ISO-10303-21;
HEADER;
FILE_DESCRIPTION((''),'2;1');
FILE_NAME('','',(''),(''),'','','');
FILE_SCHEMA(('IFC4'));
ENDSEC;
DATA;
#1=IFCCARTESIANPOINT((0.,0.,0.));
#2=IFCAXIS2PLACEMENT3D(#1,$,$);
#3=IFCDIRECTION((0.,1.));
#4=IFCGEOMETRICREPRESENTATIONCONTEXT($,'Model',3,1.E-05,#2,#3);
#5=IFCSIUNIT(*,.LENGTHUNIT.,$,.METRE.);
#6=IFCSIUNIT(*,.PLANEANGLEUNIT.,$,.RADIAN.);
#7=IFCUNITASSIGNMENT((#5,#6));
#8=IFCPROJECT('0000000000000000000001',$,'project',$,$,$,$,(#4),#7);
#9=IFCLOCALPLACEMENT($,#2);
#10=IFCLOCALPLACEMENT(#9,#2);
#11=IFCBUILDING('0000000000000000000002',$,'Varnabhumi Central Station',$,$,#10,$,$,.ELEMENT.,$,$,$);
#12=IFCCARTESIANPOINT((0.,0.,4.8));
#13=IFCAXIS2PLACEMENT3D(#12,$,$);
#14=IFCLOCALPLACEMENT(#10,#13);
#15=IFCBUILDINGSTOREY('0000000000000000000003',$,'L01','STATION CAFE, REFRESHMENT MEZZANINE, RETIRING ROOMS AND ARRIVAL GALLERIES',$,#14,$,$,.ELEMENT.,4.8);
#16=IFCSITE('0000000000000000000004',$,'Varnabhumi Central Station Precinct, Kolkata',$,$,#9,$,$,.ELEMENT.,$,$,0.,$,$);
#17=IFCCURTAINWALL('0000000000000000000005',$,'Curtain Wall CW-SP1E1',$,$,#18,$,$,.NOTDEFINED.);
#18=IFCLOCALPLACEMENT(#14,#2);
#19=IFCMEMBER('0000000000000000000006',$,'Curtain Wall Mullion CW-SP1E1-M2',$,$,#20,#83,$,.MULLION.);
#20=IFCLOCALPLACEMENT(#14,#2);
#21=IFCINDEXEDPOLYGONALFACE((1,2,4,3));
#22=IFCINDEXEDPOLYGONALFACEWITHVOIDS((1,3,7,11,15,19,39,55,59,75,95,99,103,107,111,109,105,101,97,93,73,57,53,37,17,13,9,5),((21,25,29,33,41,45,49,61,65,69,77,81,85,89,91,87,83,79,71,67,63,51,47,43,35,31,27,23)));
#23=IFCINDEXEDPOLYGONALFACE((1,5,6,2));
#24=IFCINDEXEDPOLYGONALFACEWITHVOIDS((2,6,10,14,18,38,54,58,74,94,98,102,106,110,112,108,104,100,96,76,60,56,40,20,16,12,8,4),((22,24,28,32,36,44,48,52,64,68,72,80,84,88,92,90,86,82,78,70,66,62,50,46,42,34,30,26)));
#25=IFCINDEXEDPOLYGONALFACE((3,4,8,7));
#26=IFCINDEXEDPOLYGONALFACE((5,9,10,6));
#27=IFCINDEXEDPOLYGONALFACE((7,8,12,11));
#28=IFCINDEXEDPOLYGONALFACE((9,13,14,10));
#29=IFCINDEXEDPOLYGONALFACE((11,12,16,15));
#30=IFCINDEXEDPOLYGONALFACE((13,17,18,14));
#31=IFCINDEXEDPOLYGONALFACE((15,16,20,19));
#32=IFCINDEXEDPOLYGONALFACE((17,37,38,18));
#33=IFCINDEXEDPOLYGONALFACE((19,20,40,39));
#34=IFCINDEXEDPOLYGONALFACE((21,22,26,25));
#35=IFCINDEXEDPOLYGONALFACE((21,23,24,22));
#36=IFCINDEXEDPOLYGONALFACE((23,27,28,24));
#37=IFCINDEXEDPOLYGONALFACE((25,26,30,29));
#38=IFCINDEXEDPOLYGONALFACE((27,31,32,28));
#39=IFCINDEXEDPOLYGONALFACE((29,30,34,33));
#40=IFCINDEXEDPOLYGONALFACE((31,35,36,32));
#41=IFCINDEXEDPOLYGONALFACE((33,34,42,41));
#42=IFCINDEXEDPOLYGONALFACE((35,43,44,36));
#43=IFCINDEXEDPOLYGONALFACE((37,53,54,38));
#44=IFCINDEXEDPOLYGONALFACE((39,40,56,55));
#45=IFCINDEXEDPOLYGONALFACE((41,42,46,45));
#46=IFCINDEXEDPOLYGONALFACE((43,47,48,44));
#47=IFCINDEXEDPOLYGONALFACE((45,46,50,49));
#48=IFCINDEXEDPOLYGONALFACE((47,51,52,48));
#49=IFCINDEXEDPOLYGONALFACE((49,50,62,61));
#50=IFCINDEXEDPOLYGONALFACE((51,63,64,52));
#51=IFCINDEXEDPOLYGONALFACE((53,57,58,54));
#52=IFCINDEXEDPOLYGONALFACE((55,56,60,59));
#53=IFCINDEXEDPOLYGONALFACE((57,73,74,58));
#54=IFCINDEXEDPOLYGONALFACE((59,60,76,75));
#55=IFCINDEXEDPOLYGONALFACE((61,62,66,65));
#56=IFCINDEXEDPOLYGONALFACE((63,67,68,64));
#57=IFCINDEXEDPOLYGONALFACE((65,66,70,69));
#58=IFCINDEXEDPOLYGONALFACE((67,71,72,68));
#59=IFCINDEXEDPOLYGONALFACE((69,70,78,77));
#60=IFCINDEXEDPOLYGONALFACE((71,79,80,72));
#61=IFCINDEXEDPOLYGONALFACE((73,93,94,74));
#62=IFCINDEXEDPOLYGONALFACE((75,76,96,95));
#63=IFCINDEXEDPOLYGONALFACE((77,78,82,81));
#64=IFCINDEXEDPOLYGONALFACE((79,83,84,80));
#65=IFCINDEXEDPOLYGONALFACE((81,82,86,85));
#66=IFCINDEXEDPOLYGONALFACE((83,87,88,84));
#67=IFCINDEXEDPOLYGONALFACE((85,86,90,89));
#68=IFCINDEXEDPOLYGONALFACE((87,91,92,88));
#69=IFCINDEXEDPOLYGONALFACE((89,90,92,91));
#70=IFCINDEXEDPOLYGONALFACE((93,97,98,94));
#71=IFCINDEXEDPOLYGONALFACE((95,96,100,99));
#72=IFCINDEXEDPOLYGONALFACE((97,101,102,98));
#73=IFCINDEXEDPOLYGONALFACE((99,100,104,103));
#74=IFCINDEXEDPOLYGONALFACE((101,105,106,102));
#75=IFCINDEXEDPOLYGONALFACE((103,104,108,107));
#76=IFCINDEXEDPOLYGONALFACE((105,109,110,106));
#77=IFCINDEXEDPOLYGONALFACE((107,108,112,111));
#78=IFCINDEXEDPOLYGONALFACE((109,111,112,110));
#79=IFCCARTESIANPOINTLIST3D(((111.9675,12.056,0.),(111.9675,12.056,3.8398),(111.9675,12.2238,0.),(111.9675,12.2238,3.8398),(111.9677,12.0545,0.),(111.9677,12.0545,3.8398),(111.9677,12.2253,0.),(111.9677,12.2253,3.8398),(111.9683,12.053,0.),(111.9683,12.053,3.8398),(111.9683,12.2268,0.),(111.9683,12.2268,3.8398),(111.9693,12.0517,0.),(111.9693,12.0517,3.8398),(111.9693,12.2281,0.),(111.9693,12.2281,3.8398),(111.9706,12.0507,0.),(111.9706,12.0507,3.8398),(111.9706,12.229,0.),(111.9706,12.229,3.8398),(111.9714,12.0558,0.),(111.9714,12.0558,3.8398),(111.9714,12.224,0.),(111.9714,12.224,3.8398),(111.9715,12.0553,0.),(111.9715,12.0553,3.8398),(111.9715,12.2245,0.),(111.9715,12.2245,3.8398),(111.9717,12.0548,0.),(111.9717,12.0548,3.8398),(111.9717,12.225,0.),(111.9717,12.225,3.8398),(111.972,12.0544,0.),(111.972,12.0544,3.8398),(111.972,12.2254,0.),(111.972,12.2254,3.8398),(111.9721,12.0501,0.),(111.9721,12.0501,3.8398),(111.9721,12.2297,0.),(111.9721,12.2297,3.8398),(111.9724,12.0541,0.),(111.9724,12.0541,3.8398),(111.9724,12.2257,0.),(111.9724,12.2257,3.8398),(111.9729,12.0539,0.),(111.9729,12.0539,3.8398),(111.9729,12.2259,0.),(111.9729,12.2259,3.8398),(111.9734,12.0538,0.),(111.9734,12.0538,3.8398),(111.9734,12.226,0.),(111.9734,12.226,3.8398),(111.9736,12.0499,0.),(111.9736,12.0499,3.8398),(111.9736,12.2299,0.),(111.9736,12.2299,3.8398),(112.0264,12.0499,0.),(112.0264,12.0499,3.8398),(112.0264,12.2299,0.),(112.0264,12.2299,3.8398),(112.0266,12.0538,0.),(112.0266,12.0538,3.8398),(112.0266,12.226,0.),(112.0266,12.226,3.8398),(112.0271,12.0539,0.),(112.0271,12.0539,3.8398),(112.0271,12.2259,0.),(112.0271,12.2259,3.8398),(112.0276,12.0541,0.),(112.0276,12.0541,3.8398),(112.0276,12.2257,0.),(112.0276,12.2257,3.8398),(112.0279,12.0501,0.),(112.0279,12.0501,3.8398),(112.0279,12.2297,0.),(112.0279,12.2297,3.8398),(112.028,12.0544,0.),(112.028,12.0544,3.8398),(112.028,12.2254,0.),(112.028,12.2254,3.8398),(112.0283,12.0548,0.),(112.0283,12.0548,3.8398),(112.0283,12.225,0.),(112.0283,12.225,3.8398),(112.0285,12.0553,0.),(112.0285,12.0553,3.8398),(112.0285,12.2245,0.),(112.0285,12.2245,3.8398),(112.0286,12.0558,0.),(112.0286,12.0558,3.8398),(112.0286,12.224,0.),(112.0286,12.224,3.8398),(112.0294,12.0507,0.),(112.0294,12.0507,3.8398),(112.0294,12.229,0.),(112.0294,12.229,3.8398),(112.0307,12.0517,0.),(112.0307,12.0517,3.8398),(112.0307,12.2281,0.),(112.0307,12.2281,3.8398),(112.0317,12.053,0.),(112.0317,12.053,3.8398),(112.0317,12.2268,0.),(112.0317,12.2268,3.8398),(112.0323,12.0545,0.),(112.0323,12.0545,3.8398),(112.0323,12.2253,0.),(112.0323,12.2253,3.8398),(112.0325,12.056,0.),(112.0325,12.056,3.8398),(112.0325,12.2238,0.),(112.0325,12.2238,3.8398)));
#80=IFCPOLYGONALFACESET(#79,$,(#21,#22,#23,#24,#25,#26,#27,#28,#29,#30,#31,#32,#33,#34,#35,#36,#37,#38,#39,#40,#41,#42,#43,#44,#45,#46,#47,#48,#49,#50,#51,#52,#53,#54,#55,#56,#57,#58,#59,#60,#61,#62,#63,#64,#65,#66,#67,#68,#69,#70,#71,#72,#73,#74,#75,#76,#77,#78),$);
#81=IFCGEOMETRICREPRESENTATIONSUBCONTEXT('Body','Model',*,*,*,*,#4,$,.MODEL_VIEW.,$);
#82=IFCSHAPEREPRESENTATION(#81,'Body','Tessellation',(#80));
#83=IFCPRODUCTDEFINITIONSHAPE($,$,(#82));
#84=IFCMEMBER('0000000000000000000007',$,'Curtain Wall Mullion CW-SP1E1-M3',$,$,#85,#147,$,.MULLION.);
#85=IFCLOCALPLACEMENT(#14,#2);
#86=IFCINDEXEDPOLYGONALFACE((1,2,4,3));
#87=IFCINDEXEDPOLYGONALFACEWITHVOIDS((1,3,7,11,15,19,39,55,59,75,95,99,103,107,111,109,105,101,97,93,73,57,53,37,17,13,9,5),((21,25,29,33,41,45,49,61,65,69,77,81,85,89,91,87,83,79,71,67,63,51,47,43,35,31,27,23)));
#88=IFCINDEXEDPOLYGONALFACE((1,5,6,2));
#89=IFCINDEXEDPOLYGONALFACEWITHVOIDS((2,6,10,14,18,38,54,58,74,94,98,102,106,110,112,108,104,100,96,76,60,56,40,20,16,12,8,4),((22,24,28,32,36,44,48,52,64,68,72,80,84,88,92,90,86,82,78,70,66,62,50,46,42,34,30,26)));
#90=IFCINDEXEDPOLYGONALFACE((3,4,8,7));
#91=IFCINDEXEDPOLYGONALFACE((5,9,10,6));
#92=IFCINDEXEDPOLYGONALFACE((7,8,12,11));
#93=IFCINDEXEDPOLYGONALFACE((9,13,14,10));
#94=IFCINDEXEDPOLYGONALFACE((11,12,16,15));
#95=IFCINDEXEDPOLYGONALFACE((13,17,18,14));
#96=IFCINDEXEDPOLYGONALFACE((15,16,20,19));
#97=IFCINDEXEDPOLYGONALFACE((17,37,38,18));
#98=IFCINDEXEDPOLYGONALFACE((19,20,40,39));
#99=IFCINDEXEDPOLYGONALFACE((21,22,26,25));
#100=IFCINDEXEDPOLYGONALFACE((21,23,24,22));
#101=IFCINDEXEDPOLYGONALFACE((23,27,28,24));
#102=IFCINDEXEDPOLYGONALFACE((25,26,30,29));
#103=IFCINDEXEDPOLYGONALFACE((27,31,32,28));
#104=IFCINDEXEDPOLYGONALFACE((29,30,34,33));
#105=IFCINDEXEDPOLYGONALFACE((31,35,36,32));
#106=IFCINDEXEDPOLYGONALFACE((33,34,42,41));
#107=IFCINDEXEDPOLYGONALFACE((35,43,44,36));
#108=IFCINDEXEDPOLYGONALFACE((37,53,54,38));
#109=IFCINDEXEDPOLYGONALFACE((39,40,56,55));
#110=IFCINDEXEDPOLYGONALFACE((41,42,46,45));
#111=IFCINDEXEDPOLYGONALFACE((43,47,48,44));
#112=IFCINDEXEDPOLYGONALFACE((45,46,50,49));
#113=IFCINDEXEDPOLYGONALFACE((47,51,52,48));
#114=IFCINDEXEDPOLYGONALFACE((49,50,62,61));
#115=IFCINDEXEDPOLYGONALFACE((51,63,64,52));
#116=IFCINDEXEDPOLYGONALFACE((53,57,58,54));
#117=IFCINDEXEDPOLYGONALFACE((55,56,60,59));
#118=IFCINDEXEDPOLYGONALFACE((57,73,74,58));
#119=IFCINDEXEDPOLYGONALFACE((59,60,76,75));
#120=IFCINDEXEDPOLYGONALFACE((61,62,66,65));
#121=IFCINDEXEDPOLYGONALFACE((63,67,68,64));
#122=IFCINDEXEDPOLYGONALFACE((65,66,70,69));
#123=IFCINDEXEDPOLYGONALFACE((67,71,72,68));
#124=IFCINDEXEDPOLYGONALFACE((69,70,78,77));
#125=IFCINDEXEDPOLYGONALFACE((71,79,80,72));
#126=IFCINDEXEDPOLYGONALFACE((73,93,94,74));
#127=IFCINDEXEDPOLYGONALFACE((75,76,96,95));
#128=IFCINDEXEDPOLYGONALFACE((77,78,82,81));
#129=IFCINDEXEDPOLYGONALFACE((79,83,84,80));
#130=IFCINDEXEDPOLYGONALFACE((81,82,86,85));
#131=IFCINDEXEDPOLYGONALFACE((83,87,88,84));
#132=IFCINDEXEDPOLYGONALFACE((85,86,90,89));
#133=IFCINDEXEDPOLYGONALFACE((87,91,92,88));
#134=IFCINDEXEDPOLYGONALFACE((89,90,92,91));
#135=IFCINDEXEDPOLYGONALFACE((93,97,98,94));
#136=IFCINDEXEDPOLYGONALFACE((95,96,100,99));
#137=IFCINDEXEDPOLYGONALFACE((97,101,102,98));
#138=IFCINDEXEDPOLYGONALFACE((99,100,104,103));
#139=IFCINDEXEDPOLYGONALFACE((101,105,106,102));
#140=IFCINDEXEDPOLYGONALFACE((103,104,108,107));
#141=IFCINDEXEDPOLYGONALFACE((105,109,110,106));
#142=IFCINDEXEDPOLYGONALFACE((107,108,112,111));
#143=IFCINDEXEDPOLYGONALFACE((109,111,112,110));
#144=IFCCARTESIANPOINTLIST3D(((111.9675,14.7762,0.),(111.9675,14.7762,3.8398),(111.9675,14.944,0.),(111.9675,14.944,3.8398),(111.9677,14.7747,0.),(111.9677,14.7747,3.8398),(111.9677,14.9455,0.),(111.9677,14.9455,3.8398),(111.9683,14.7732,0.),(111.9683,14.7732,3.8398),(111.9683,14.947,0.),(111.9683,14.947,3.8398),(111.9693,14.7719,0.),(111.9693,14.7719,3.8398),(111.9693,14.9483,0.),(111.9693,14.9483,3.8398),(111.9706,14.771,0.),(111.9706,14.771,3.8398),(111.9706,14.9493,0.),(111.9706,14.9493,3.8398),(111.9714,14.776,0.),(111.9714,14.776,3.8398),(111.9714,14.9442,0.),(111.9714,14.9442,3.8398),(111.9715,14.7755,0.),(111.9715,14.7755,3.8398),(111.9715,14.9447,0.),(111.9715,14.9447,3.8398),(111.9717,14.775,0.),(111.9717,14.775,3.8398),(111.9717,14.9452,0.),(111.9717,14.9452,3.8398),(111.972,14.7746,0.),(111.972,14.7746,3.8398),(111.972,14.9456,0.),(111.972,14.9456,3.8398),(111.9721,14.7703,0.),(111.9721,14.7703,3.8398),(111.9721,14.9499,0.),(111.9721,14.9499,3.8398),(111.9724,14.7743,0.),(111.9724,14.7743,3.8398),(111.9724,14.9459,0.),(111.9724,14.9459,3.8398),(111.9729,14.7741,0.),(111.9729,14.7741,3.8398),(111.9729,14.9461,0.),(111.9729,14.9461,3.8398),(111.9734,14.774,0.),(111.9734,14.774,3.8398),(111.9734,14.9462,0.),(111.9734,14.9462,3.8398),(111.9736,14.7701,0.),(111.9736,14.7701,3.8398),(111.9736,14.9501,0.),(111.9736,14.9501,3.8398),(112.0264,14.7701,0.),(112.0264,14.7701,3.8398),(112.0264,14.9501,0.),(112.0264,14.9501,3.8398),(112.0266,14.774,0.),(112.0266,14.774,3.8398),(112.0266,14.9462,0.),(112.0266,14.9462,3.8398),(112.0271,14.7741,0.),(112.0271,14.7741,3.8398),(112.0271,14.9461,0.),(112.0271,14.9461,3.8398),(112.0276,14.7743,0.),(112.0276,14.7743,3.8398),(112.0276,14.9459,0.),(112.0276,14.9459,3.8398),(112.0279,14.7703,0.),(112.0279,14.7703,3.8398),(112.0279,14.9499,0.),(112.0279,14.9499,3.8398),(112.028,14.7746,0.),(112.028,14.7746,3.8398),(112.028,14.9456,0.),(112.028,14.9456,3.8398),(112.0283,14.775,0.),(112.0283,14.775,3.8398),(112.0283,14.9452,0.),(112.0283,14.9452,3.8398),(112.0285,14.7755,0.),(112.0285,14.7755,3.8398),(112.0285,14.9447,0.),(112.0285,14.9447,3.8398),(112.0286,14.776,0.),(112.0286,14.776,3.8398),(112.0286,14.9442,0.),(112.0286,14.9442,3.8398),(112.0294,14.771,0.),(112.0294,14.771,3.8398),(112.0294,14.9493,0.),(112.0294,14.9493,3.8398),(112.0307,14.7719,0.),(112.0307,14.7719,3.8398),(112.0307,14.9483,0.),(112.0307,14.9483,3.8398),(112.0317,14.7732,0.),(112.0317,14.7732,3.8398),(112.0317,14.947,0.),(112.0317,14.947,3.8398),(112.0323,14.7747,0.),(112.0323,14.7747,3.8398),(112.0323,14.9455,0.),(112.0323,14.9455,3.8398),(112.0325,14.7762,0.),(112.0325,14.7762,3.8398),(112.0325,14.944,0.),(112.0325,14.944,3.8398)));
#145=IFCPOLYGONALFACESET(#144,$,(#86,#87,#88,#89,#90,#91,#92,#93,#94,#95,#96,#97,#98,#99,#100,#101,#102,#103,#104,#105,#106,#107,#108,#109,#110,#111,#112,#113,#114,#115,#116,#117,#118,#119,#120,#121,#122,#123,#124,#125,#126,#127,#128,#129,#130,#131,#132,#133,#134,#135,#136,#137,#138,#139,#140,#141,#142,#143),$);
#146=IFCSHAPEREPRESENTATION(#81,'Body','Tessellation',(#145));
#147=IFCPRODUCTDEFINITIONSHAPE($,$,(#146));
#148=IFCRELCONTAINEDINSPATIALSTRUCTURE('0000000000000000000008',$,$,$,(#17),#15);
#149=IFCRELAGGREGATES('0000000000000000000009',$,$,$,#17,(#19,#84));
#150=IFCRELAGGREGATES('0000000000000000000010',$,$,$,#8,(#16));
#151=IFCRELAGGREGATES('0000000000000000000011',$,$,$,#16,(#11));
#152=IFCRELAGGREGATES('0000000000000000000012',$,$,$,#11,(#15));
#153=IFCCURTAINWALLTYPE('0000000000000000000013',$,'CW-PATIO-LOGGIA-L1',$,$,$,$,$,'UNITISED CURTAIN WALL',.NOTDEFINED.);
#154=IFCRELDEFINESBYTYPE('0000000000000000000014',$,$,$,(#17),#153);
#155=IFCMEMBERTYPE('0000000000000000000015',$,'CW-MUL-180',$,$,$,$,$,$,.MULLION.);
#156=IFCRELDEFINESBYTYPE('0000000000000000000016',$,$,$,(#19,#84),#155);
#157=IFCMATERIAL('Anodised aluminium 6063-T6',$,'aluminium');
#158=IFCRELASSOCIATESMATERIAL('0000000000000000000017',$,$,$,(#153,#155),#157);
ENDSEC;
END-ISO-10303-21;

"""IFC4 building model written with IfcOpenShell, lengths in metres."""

from ifc_helpers import new_model, si_unit, direction, frame, origin, origin_2d, place, context, subcontext, project, spatial, hollow_rectangle, extrude, material, material_profile, profile_set, type_object, element, aggregate, save


model = new_model("IFC4")

# Units and contexts
model_context = context("Model", 3, precision=1e-05, world=origin(), true_north=direction((0.0, 1.0)))
body_context = subcontext(model_context, "Body", "Model", "MODEL_VIEW")
ifc_project = project(units=[si_unit("LENGTHUNIT", "METRE"), si_unit("PLANEANGLEUNIT", "RADIAN")], contexts=[model_context])

# Site, building, storey
site_placement = place(None, origin())
site = spatial("IfcSite", under=ifc_project, at=site_placement, Name="Varnabhumi Central Station Precinct, Kolkata", CompositionType="ELEMENT", RefElevation=0.0)
building_placement = place(site_placement, origin())
building = spatial("IfcBuilding", under=site, at=building_placement, Name="Varnabhumi Central Station", CompositionType="ELEMENT")
storey_placement = place(building_placement, frame((0.0, 0.0, 4.8)))
storey = spatial("IfcBuildingStorey", under=building, at=storey_placement, Name="L01", Description="STATION CAFE, REFRESHMENT MEZZANINE, RETIRING ROOMS AND ARRIVAL GALLERIES", CompositionType="ELEMENT", Elevation=4.8)

# Curtain wall, members
ifc_material_1 = material(Name="Anodised aluminium 6063-T6", Category="aluminium")
curtain_wall_type = type_object("IfcCurtainWallType", Name="CW-PATIO-LOGGIA-L1", ElementType="UNITISED CURTAIN WALL", PredefinedType="NOTDEFINED", material=ifc_material_1)
curtain_wall_1_placement = place(storey_placement, origin())
curtain_wall_1 = element("IfcCurtainWall", 1, at=curtain_wall_1_placement, inside=storey, type_object=curtain_wall_type, Name="Curtain Wall CW-SP1E1", PredefinedType="NOTDEFINED")
ifc_material_profile_1 = material_profile(ifc_material_1, hollow_rectangle(XDim=0.0649, YDim=0.1799, WallThickness=0.0039, InnerFilletRadius=0.002, OuterFilletRadius=0.0061, at=origin_2d()), Name="Anodised aluminium 6063-T6", Category="aluminium")
ifc_profile_set_1 = profile_set([ifc_material_profile_1], Name="Anodised aluminium 6063-T6")
member_type_1 = type_object("IfcMemberType", Name="CW-MUL-180", PredefinedType="MULLION", material=ifc_profile_set_1)
member_1_placement = place(storey_placement, frame((112.0, 12.1399, 0.0), z_axis=(0.0, 0.0, 1.0), x_axis=(1.0, 0.0, 0.0)))
member_1 = element("IfcMember", 2, at=member_1_placement, type_object=member_type_1, Name="Curtain Wall Mullion CW-SP1E1-M2", PredefinedType="MULLION", context=body_context, shape_type="SweptSolid", body=[
    extrude(hollow_rectangle(XDim=0.0649, YDim=0.1799, WallThickness=0.0039, InnerFilletRadius=0.002, OuterFilletRadius=0.0061, at=origin_2d()), origin(), (0.0, 0.0, 1.0), 3.8398),
])
member_2_placement = place(storey_placement, frame((112.0, 14.8601, 0.0), z_axis=(0.0, 0.0, 1.0), x_axis=(1.0, 0.0, 0.0)))
member_2 = element("IfcMember", 3, at=member_2_placement, type_object=member_type_1, Name="Curtain Wall Mullion CW-SP1E1-M3", PredefinedType="MULLION", context=body_context, shape_type="SweptSolid", body=[
    extrude(hollow_rectangle(XDim=0.0649, YDim=0.1799, WallThickness=0.0039, InnerFilletRadius=0.002, OuterFilletRadius=0.0061, at=origin_2d()), origin(), (0.0, 0.0, 1.0), 3.8398),
])

aggregate(curtain_wall_1, [member_1, member_2])

save(model, "model.ifc")
